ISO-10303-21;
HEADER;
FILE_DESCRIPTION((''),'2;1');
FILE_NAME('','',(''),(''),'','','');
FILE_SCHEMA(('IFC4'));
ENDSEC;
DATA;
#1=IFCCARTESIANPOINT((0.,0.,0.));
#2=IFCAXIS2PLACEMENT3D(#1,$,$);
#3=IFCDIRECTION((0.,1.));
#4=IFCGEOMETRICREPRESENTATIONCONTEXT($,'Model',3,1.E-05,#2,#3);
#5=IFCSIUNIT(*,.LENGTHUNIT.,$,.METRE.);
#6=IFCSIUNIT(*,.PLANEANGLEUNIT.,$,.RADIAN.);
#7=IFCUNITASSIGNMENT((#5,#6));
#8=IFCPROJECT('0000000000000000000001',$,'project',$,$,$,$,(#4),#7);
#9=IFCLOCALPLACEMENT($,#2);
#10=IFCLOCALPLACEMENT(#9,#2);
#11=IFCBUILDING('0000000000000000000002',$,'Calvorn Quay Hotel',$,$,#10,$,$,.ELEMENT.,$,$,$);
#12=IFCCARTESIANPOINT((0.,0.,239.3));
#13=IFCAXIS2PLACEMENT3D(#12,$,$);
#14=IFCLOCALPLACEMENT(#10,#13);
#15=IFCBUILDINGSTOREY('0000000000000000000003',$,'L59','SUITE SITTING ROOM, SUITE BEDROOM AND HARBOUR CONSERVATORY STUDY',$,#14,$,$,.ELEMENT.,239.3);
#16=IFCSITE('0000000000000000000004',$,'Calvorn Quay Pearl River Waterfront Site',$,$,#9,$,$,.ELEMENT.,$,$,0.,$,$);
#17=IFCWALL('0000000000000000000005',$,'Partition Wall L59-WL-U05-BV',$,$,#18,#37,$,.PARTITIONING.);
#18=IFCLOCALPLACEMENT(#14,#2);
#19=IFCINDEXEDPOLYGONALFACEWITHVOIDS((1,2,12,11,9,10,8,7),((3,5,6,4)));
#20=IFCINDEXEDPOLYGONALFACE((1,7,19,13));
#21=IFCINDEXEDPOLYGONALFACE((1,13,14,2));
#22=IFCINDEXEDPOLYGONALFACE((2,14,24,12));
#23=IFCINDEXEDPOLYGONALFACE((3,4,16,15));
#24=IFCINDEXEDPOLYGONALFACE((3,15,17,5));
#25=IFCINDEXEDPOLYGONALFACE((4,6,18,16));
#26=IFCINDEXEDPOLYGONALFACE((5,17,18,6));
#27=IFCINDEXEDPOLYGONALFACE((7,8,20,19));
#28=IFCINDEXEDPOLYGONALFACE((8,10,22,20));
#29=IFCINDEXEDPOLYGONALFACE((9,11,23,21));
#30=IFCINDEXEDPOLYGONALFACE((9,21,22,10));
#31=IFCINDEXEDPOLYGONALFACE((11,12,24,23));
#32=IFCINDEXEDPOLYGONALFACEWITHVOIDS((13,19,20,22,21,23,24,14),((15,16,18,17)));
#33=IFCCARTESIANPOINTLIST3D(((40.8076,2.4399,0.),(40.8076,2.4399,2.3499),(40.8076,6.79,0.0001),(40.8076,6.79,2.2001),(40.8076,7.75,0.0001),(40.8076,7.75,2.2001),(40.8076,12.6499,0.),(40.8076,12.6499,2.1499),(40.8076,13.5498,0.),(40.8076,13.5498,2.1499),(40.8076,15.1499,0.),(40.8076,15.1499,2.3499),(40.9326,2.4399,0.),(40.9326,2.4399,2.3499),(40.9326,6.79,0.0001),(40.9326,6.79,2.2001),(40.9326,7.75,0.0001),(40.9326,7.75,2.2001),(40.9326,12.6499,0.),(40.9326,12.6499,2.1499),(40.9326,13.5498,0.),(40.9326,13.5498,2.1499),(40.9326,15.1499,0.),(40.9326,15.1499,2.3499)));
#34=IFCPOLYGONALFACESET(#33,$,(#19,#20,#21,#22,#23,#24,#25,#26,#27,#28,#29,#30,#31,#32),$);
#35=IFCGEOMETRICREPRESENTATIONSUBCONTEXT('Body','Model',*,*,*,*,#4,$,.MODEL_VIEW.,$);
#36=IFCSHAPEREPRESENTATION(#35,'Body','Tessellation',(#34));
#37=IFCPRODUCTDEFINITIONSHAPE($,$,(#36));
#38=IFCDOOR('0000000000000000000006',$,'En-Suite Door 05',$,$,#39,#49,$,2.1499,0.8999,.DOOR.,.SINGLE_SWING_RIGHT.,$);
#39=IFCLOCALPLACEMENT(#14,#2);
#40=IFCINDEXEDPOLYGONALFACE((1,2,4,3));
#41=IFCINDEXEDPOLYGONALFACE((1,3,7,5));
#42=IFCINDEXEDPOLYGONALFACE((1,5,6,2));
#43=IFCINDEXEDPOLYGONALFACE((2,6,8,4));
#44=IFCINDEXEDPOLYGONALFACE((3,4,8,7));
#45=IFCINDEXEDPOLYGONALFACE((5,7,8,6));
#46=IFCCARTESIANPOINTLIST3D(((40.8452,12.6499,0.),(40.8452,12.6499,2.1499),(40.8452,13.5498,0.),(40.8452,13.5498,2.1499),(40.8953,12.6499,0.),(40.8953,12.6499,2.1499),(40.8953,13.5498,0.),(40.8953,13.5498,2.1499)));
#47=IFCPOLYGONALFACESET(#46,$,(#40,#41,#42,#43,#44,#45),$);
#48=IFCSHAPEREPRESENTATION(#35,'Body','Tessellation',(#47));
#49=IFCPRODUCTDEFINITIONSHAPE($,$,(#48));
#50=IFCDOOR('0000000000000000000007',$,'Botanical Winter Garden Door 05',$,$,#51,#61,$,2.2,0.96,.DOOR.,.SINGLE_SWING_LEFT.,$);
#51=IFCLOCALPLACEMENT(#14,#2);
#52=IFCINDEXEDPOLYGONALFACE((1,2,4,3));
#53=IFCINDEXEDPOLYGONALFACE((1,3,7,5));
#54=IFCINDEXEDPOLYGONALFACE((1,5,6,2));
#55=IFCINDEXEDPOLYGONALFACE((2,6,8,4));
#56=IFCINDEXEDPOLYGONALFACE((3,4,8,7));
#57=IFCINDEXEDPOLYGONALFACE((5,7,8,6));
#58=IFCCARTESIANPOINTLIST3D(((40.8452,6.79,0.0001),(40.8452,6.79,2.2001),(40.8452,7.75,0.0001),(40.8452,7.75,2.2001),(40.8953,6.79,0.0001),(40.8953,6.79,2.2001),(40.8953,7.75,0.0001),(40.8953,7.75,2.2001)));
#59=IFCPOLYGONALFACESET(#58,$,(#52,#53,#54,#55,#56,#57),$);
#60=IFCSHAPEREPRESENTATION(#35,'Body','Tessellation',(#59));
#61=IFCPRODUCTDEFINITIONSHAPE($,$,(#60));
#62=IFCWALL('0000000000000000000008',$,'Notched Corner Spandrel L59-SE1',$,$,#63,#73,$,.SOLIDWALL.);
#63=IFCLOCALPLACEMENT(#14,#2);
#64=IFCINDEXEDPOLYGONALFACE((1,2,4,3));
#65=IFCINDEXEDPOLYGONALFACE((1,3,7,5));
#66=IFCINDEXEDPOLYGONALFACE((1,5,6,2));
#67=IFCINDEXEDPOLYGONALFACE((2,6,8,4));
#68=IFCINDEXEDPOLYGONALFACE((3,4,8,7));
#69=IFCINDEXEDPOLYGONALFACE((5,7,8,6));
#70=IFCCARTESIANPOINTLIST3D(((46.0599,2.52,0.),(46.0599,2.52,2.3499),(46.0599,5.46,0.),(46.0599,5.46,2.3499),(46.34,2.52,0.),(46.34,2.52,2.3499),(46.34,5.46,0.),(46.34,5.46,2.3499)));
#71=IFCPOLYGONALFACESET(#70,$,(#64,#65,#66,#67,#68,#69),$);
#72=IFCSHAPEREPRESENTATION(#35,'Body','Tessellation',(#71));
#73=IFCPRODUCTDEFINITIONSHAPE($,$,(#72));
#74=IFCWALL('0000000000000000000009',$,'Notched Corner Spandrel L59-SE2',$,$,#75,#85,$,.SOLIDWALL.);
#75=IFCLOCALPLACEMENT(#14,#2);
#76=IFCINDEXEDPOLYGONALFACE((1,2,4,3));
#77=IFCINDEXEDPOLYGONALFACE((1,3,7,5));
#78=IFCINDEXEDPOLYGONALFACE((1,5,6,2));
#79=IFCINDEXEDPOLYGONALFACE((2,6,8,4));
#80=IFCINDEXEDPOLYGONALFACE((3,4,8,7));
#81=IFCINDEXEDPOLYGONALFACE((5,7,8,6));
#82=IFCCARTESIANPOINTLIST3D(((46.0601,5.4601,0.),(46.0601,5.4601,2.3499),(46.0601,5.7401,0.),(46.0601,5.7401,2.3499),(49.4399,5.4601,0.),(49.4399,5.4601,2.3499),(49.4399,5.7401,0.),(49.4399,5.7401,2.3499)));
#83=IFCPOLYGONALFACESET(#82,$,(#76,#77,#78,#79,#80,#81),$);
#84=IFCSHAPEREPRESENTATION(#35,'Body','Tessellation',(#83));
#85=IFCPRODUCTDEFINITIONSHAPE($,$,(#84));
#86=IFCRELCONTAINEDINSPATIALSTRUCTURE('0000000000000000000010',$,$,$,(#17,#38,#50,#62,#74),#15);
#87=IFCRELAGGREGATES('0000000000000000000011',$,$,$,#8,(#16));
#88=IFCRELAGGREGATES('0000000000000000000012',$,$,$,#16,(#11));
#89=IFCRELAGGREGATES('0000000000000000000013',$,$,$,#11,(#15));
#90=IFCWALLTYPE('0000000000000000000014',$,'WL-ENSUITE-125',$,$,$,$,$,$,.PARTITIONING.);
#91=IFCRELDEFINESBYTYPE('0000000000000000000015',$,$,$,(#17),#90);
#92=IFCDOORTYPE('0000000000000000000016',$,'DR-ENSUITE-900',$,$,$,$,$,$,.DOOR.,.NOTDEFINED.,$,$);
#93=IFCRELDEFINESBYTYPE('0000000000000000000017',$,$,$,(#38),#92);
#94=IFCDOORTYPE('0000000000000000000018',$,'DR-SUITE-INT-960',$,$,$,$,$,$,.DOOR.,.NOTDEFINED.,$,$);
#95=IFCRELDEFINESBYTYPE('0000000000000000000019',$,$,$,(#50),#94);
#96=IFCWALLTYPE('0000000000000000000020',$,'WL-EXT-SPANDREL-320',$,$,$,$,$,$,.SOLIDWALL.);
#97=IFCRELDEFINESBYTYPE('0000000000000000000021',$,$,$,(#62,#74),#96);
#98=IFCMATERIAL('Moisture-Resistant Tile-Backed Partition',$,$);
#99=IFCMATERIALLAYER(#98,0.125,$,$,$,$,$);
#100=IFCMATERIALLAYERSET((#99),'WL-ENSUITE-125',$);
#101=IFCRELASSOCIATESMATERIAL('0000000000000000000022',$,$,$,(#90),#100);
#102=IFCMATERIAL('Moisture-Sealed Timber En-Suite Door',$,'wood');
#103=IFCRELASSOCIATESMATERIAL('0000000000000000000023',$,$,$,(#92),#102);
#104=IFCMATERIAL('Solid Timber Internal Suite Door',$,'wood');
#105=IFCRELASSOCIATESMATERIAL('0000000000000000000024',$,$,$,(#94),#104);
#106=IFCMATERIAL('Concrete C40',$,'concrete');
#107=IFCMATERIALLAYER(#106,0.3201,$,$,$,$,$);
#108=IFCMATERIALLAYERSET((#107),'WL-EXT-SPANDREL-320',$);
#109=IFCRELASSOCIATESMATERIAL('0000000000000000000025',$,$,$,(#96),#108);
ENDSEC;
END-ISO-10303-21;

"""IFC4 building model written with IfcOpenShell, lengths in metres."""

from ifc_helpers import new_model, si_unit, direction, frame, frame_2d, origin, place, context, subcontext, project, spatial, rectangle, extrude, material, layer, layer_set, type_object, element, fill, save


model = new_model("IFC4")

# Units and contexts
model_context = context("Model", 3, precision=1e-05, world=origin(), true_north=direction((0.0, 1.0)))
body_context = subcontext(model_context, "Body", "Model", "MODEL_VIEW")
ifc_project = project(units=[si_unit("LENGTHUNIT", "METRE"), si_unit("PLANEANGLEUNIT", "RADIAN")], contexts=[model_context])

# Site, building, storey
site_placement = place(None, origin())
site = spatial("IfcSite", under=ifc_project, at=site_placement, Name="Calvorn Quay Pearl River Waterfront Site", CompositionType="ELEMENT", RefElevation=0.0)
building_placement = place(site_placement, origin())
building = spatial("IfcBuilding", under=site, at=building_placement, Name="Calvorn Quay Hotel", CompositionType="ELEMENT")
storey_placement = place(building_placement, frame((0.0, 0.0, 239.3)))
storey = spatial("IfcBuildingStorey", under=building, at=storey_placement, Name="L59", Description="SUITE SITTING ROOM, SUITE BEDROOM AND HARBOUR CONSERVATORY STUDY", CompositionType="ELEMENT", Elevation=239.3)

# Wall, openings, doors
ifc_material_1 = material(Name="Moisture-Resistant Tile-Backed Partition")
ifc_layer_1 = layer(ifc_material_1, 0.125)
ifc_layer_set_1 = layer_set([ifc_layer_1], Name="WL-ENSUITE-125")
wall_type_1 = type_object("IfcWallType", Name="WL-ENSUITE-125", PredefinedType="PARTITIONING", material=ifc_layer_set_1)
wall_1_placement = place(storey_placement, frame((40.8701, 2.4399, 0.0), z_axis=(0.0, 0.0, 1.0), x_axis=(0.0, 1.0, 0.0)))
wall_1 = element("IfcWall", 1, at=wall_1_placement, inside=storey, type_object=wall_type_1, Name="Partition Wall L59-WL-U05-BV", PredefinedType="PARTITIONING", context=body_context, shape_type="SweptSolid", body=[
    extrude(rectangle(XDim=12.71, YDim=0.125, at=frame_2d((6.355, 0.0))), origin(), (0.0, 0.0, 1.0), 2.3499),
])
opening_1_placement = place(wall_1_placement, frame((4.3501, 0.0, 0.0)))
opening_1 = element("IfcOpeningElement", 2, at=opening_1_placement, cuts=wall_1, PredefinedType="OPENING", context=body_context, shape_type="SweptSolid", body=[
    extrude(rectangle(XDim=0.96, YDim=2.2, at=frame_2d((0.48, 1.1001))), frame((0.0, 0.0725, 0.0), z_axis=(0.0, -1.0, 0.0), x_axis=(1.0, 0.0, 0.0)), (0.0, 0.0, 1.0), 0.145),
])
opening_2_placement = place(wall_1_placement, frame((10.21, 0.0, 0.0)))
opening_2 = element("IfcOpeningElement", 3, at=opening_2_placement, cuts=wall_1, PredefinedType="OPENING", context=body_context, shape_type="SweptSolid", body=[
    extrude(rectangle(XDim=0.8999, YDim=2.1499, at=frame_2d((0.45, 1.075))), frame((0.0, 0.0725, 0.0), z_axis=(0.0, -1.0, 0.0), x_axis=(1.0, 0.0, 0.0)), (0.0, 0.0, 1.0), 0.145),
])
ifc_material_2 = material(Name="Moisture-Sealed Timber En-Suite Door", Category="wood")
door_type_1 = type_object("IfcDoorType", Name="DR-ENSUITE-900", OperationType="NOTDEFINED", PredefinedType="DOOR", material=ifc_material_2)
door_1_placement = place(opening_2_placement, origin())
door_1 = element("IfcDoor", 4, at=door_1_placement, inside=storey, type_object=door_type_1, Name="En-Suite Door 05", OperationType="SINGLE_SWING_RIGHT", OverallHeight=2.1499, OverallWidth=0.8999, PredefinedType="DOOR", context=body_context, shape_type="SweptSolid", body=[
    extrude(rectangle(XDim=0.8999, YDim=2.1499, at=frame_2d((0.45, 1.075))), frame((0.0, 0.0249, 0.0), z_axis=(0.0, -1.0, 0.0), x_axis=(1.0, 0.0, 0.0)), (0.0, 0.0, 1.0), 0.05),
])
fill(opening_2, door_1)
ifc_material_3 = material(Name="Solid Timber Internal Suite Door", Category="wood")
door_type_2 = type_object("IfcDoorType", Name="DR-SUITE-INT-960", OperationType="NOTDEFINED", PredefinedType="DOOR", material=ifc_material_3)
door_2_placement = place(opening_1_placement, origin())
door_2 = element("IfcDoor", 5, at=door_2_placement, inside=storey, type_object=door_type_2, Name="Botanical Winter Garden Door 05", OperationType="SINGLE_SWING_LEFT", OverallHeight=2.2, OverallWidth=0.96, PredefinedType="DOOR", context=body_context, shape_type="SweptSolid", body=[
    extrude(rectangle(XDim=0.96, YDim=2.2, at=frame_2d((0.48, 1.1001))), frame((0.0, 0.0249, 0.0), z_axis=(0.0, -1.0, 0.0), x_axis=(1.0, 0.0, 0.0)), (0.0, 0.0, 1.0), 0.05),
])
fill(opening_1, door_2)

# Walls
ifc_material_4 = material(Name="Concrete C40", Category="concrete")
ifc_layer_2 = layer(ifc_material_4, 0.3201)
ifc_layer_set_2 = layer_set([ifc_layer_2], Name="WL-EXT-SPANDREL-320")
wall_type_2 = type_object("IfcWallType", Name="WL-EXT-SPANDREL-320", PredefinedType="SOLIDWALL", material=ifc_layer_set_2)
wall_2_placement = place(storey_placement, frame((46.2, 2.52, 0.0), z_axis=(0.0, 0.0, 1.0), x_axis=(0.0, 1.0, 0.0)))
element("IfcWall", 6, at=wall_2_placement, inside=storey, type_object=wall_type_2, Name="Notched Corner Spandrel L59-SE1", PredefinedType="SOLIDWALL", context=body_context, shape_type="SweptSolid", body=[
    extrude(rectangle(XDim=2.9399, YDim=0.28, at=frame_2d((1.47, 0.0))), origin(), (0.0, 0.0, 1.0), 2.3499),
])
wall_3_placement = place(storey_placement, frame((46.0601, 5.6001, 0.0), z_axis=(0.0, 0.0, 1.0), x_axis=(1.0, 0.0, 0.0)))
element("IfcWall", 7, at=wall_3_placement, inside=storey, type_object=wall_type_2, Name="Notched Corner Spandrel L59-SE2", PredefinedType="SOLIDWALL", context=body_context, shape_type="SweptSolid", body=[
    extrude(rectangle(XDim=3.3799, YDim=0.28, at=frame_2d((1.6899, 0.0))), origin(), (0.0, 0.0, 1.0), 2.3499),
])

save(model, "model.ifc")
